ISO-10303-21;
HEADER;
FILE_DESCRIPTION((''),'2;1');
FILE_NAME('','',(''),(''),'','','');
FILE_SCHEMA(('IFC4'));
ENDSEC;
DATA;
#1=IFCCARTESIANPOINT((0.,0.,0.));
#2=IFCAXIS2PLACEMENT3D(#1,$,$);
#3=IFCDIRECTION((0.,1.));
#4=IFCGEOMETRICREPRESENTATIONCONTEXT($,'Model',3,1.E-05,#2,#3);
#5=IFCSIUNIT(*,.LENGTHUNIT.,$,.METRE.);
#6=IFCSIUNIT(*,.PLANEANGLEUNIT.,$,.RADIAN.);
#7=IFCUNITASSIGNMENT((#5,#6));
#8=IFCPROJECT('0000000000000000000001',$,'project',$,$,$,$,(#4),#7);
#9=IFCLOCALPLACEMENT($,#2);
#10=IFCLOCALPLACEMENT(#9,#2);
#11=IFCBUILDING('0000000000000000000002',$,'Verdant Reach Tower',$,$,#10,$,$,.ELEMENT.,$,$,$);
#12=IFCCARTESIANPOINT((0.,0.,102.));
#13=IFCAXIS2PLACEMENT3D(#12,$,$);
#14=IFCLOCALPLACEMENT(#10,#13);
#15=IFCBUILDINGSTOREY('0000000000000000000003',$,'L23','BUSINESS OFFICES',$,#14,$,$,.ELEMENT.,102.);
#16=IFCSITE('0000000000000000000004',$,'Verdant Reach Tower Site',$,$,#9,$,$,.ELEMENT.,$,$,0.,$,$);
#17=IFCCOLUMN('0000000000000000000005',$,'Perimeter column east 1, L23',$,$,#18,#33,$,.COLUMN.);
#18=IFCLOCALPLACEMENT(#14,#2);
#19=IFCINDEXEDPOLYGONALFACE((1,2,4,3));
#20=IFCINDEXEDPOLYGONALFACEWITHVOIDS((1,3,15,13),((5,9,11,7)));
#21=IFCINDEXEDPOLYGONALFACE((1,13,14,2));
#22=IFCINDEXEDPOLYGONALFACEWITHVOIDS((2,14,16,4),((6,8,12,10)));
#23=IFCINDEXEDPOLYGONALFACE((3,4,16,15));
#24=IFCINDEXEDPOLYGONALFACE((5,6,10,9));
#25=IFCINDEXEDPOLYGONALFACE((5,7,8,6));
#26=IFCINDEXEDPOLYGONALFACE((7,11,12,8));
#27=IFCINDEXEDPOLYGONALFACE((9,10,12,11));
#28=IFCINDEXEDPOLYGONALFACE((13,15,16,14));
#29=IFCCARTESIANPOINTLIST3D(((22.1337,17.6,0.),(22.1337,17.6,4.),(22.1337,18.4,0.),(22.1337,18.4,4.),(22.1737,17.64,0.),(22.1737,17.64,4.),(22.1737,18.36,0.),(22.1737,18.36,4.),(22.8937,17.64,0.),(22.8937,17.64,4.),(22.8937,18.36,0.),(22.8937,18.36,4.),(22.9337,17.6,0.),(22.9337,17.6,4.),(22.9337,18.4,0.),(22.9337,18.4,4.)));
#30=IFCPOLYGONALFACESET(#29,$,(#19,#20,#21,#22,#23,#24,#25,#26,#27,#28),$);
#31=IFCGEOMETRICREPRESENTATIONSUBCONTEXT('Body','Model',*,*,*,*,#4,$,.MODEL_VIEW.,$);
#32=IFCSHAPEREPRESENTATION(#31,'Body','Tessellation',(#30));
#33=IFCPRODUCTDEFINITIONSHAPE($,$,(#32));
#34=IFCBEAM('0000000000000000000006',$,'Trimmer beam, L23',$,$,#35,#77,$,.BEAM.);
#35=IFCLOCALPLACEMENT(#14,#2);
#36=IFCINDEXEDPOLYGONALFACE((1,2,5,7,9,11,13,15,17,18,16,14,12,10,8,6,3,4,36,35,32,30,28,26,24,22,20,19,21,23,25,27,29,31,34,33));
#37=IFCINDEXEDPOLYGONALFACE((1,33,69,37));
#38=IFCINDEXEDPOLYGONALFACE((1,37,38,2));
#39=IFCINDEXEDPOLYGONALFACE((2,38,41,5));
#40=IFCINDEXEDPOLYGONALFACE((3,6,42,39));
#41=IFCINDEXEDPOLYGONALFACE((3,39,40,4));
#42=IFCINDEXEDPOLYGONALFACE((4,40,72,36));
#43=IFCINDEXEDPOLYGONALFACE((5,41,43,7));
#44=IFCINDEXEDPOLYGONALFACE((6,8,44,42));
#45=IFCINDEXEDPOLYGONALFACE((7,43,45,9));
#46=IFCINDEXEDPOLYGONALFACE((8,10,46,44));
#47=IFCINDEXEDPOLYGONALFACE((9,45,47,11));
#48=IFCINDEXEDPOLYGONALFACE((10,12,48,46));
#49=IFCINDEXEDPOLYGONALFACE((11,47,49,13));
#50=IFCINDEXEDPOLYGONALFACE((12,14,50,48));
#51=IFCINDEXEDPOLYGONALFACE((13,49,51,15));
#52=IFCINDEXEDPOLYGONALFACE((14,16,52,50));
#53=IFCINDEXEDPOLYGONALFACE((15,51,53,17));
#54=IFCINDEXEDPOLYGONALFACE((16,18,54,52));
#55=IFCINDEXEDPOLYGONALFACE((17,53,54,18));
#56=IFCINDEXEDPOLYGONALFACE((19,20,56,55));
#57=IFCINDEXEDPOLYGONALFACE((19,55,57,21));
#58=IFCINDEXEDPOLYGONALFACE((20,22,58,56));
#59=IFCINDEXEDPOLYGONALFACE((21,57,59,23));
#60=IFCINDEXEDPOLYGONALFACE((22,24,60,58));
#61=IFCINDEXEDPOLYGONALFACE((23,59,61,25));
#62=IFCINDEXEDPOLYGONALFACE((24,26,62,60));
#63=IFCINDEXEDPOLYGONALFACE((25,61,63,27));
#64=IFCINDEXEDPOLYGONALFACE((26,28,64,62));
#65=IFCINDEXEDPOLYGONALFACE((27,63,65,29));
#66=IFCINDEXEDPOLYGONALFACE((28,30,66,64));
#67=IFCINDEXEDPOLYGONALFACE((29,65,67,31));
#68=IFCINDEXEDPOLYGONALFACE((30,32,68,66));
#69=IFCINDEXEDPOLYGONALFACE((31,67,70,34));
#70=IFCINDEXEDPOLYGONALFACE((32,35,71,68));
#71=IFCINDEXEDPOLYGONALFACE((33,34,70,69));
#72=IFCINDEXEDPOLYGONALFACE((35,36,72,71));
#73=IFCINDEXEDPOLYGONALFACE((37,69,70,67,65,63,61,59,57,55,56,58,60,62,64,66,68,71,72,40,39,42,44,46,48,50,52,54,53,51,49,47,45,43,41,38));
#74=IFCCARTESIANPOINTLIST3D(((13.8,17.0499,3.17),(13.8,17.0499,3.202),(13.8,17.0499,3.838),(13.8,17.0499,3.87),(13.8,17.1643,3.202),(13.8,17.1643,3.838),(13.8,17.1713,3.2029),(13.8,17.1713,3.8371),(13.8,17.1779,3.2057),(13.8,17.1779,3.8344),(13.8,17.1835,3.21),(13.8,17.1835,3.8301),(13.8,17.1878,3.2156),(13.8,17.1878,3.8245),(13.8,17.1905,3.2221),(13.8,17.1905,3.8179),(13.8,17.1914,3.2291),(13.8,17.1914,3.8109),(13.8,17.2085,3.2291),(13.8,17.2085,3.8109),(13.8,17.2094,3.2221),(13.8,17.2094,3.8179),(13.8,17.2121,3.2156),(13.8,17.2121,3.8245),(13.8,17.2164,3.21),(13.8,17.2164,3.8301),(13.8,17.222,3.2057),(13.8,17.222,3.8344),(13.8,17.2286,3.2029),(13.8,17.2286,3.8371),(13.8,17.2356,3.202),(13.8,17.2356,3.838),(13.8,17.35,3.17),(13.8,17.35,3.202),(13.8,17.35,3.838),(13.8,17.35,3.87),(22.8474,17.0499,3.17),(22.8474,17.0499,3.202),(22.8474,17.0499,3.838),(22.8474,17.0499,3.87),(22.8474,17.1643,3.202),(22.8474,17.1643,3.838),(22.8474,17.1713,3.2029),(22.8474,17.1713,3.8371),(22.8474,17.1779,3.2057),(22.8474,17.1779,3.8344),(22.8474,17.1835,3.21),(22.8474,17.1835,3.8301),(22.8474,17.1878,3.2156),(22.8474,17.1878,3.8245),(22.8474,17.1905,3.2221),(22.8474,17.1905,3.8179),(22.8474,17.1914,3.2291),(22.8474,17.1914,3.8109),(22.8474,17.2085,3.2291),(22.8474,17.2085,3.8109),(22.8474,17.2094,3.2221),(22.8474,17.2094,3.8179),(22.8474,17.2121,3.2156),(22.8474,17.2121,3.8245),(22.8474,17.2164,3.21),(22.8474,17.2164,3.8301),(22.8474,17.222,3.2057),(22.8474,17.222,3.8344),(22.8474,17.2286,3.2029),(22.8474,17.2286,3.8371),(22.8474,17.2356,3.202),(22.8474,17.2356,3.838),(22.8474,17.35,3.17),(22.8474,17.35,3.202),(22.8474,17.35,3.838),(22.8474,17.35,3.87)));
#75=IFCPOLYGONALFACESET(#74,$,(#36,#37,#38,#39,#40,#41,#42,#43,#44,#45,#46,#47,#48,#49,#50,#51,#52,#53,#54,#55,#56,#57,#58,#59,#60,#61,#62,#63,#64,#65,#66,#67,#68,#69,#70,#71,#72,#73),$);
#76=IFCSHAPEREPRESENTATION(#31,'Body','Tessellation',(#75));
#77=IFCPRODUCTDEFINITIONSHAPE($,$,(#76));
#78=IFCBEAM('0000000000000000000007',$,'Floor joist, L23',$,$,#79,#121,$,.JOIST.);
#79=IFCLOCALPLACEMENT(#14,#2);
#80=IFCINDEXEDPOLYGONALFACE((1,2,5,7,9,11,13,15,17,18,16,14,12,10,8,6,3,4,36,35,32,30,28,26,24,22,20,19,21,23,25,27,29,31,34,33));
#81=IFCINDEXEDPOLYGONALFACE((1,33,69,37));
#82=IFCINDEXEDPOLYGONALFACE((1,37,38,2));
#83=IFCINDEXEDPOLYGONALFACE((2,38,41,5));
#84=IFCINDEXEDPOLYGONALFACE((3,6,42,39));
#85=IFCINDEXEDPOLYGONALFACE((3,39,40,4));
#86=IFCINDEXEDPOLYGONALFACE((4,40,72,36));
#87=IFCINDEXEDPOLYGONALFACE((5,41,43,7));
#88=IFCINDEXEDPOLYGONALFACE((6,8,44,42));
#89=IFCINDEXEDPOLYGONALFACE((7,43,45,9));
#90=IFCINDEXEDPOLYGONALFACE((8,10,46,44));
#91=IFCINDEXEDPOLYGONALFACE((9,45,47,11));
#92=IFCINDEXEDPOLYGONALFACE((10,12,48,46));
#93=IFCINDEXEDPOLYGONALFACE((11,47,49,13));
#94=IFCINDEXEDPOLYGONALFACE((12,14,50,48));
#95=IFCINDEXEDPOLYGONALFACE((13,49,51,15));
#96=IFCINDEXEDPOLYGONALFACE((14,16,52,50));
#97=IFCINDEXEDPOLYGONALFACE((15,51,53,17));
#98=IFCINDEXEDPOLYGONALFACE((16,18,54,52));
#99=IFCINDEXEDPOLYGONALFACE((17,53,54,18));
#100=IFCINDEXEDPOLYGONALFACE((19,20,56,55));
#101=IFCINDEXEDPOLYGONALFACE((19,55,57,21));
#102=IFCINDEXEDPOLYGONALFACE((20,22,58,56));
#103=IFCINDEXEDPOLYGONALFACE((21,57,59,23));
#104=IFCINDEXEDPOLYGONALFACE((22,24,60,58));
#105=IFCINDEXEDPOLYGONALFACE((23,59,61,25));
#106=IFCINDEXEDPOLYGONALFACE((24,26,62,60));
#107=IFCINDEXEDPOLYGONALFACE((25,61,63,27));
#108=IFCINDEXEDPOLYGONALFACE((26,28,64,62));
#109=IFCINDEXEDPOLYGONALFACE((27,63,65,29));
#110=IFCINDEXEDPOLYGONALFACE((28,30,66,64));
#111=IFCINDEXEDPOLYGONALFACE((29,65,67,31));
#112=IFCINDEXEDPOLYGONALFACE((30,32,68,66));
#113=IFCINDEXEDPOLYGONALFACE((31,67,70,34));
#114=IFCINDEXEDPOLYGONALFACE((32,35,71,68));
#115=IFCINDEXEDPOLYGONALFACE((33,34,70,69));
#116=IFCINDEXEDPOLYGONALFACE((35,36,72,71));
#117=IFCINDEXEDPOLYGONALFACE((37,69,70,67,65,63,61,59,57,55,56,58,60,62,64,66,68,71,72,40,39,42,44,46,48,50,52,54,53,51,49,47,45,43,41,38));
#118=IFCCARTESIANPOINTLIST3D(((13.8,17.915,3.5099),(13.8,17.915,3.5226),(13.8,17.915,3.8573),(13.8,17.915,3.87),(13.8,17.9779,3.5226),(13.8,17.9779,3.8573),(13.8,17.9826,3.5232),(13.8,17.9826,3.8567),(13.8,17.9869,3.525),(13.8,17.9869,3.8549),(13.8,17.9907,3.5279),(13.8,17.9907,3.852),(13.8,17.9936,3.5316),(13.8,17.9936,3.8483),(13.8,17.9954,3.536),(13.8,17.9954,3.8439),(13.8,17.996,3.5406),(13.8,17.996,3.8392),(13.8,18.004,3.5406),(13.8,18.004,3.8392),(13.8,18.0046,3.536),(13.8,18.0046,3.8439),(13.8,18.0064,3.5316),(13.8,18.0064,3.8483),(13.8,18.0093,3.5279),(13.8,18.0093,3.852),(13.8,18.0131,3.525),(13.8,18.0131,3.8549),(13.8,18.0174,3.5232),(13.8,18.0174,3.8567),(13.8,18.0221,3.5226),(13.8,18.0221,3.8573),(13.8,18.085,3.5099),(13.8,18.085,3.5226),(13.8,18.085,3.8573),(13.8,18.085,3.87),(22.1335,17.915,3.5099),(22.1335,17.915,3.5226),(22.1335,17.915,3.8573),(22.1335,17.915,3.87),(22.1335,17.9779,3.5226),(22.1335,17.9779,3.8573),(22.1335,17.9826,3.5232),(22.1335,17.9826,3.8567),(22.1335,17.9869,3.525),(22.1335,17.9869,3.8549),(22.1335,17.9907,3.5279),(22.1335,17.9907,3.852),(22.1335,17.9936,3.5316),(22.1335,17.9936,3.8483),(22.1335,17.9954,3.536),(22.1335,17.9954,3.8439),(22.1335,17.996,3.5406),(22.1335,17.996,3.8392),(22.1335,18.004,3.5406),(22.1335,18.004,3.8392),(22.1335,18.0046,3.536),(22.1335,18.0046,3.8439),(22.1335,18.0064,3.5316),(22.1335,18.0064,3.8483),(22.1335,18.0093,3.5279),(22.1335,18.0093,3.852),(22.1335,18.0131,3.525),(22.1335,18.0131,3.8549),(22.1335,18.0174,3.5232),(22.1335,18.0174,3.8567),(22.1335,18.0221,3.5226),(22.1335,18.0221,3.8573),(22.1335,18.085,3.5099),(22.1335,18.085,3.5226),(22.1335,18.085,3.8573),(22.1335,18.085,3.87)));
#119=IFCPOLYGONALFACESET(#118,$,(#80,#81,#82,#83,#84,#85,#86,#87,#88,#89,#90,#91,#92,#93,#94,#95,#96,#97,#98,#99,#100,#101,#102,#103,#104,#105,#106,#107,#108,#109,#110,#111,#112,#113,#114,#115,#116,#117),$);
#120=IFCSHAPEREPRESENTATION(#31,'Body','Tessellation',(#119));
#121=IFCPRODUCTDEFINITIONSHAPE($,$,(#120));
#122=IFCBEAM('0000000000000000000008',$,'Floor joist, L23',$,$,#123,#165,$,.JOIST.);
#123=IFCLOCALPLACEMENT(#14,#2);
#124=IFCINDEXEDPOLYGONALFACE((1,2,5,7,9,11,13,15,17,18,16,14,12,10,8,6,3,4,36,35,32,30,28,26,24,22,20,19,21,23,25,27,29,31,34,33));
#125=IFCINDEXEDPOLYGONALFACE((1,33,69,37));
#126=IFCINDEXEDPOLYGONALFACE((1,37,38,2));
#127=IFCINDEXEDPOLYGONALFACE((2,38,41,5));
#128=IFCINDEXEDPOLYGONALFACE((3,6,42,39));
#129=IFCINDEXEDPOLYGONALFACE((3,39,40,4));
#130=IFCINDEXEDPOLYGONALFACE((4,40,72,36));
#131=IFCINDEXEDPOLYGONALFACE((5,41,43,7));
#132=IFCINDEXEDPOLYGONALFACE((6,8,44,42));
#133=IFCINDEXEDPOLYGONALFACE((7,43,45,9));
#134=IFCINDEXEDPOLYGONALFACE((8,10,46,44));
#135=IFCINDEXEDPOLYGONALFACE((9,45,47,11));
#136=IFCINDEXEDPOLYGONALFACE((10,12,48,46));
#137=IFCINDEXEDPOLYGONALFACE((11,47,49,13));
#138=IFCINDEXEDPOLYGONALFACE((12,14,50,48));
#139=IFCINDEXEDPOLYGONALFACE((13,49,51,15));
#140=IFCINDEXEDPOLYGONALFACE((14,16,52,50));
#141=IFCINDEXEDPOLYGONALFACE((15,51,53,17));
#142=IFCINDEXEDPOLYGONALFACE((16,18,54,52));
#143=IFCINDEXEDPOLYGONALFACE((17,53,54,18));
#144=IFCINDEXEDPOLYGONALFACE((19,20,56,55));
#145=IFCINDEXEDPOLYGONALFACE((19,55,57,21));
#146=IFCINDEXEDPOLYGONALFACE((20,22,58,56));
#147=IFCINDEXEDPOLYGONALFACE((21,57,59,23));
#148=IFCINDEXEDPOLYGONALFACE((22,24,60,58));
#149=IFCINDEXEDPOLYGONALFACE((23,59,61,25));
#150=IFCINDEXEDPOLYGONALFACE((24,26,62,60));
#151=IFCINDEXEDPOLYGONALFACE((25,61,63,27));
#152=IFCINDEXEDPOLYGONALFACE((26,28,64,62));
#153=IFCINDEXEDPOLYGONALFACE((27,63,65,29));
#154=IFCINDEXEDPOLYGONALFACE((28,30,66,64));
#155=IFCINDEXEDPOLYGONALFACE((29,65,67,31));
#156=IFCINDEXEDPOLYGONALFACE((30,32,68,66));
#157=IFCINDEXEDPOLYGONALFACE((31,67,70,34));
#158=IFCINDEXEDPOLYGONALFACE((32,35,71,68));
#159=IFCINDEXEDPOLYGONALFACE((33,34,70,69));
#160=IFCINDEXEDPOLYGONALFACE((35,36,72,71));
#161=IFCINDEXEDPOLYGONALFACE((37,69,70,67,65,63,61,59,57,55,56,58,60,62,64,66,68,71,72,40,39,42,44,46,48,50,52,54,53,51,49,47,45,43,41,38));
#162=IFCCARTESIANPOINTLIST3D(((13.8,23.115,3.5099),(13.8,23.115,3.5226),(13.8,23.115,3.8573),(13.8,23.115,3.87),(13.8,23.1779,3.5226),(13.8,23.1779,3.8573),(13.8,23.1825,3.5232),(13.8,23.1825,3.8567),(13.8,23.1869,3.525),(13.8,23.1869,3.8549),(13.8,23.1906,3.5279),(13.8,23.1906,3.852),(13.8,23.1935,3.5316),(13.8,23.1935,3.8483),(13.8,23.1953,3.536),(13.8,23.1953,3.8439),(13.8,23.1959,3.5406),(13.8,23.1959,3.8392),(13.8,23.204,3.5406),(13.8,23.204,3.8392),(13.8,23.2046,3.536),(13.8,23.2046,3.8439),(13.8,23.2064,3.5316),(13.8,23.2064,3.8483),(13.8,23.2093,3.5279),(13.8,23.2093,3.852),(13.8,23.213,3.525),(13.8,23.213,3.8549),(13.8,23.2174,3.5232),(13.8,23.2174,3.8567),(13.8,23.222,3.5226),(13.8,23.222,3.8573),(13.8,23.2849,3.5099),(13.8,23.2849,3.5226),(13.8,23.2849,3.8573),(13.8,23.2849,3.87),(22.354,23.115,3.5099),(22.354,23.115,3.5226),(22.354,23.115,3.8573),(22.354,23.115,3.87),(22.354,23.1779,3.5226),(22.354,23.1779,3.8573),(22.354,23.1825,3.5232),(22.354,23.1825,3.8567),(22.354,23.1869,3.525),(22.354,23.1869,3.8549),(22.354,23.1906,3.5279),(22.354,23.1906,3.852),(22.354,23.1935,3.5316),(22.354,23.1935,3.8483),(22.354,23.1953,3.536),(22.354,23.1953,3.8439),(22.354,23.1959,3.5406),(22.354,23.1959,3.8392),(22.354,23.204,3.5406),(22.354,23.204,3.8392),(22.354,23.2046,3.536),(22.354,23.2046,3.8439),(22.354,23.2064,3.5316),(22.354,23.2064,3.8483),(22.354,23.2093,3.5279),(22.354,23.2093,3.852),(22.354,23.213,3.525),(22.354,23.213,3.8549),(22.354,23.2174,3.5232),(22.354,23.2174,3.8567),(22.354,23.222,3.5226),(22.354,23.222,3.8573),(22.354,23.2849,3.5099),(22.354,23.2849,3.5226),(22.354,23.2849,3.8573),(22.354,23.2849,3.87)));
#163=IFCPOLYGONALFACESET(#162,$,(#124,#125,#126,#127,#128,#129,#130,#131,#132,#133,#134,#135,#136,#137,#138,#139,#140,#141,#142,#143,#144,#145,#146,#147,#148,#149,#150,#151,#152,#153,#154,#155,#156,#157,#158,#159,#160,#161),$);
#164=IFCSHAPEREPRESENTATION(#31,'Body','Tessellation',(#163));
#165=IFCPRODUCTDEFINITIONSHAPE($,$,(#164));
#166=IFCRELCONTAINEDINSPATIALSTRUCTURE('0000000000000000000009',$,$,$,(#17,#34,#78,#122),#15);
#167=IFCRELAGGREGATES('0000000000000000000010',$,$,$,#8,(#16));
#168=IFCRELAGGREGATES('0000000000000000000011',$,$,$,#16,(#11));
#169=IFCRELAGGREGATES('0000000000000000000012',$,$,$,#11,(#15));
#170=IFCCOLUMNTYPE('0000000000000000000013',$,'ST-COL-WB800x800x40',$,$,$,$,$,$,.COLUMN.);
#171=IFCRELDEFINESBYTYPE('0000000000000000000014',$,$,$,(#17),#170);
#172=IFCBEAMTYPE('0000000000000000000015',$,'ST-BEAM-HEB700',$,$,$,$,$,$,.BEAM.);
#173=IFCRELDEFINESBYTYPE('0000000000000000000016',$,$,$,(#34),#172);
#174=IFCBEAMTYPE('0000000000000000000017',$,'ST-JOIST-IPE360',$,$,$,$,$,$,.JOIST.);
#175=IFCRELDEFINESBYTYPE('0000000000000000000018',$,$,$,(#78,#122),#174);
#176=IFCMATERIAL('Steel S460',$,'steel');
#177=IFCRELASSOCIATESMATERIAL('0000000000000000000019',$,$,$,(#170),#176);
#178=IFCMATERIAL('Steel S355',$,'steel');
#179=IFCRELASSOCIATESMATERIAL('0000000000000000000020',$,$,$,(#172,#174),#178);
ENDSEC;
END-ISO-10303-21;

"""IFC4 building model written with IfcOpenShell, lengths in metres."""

from ifc_helpers import new_model, si_unit, direction, frame, origin, origin_2d, place, context, subcontext, project, spatial, hollow_rectangle, i_section, extrude, material, material_profile, profile_set, type_object, element, save


model = new_model("IFC4")

# Units and contexts
model_context = context("Model", 3, precision=1e-05, world=origin(), true_north=direction((0.0, 1.0)))
body_context = subcontext(model_context, "Body", "Model", "MODEL_VIEW")
ifc_project = project(units=[si_unit("LENGTHUNIT", "METRE"), si_unit("PLANEANGLEUNIT", "RADIAN")], contexts=[model_context])

# Site, building, storey
site_placement = place(None, origin())
site = spatial("IfcSite", under=ifc_project, at=site_placement, Name="Verdant Reach Tower Site", CompositionType="ELEMENT", RefElevation=0.0)
building_placement = place(site_placement, origin())
building = spatial("IfcBuilding", under=site, at=building_placement, Name="Verdant Reach Tower", CompositionType="ELEMENT")
storey_placement = place(building_placement, frame((0.0, 0.0, 102.0)))
storey = spatial("IfcBuildingStorey", under=building, at=storey_placement, Name="L23", Description="BUSINESS OFFICES", CompositionType="ELEMENT", Elevation=102.0)

# Column
ifc_material_1 = material(Name="Steel S460", Category="steel")
ifc_material_profile_1 = material_profile(ifc_material_1, hollow_rectangle(XDim=0.8, YDim=0.8, WallThickness=0.04, at=origin_2d()), Name="WB 800x800x40")
ifc_profile_set_1 = profile_set([ifc_material_profile_1], Name="Steel S460")
column_type = type_object("IfcColumnType", Name="ST-COL-WB800x800x40", PredefinedType="COLUMN", material=ifc_profile_set_1)
column_placement = place(storey_placement, frame((22.5337, 18.0, 0.0), z_axis=(0.0, 0.0, 1.0), x_axis=(1.0, 0.0, 0.0)))
element("IfcColumn", 1, at=column_placement, inside=storey, type_object=column_type, Name="Perimeter column east 1, L23", PredefinedType="COLUMN", context=body_context, shape_type="SweptSolid", body=[
    extrude(hollow_rectangle(XDim=0.8, YDim=0.8, WallThickness=0.04, at=origin_2d()), origin(), (0.0, 0.0, 1.0), 4.0),
])

# Beams
ifc_material_2 = material(Name="Steel S355", Category="steel")
ifc_material_profile_2 = material_profile(ifc_material_2, i_section(OverallWidth=0.3, OverallDepth=0.7, WebThickness=0.0171, FlangeThickness=0.032, FilletRadius=0.0271, at=origin_2d()), Name="HEB 700")
ifc_profile_set_2 = profile_set([ifc_material_profile_2], Name="Steel S355")
beam_type_1 = type_object("IfcBeamType", Name="ST-BEAM-HEB700", PredefinedType="BEAM", material=ifc_profile_set_2)
beam_1_placement = place(storey_placement, frame((13.8, 17.2, 3.52), z_axis=(1.0, 0.0, 0.0), x_axis=(0.0, 1.0, 0.0)))
element("IfcBeam", 2, at=beam_1_placement, inside=storey, type_object=beam_type_1, Name="Trimmer beam, L23", PredefinedType="BEAM", context=body_context, shape_type="SweptSolid", body=[
    extrude(i_section(OverallWidth=0.3, OverallDepth=0.7, WebThickness=0.0171, FlangeThickness=0.032, FilletRadius=0.0271, at=origin_2d()), origin(), (0.0, 0.0, 1.0), 9.0474),
])
ifc_material_profile_3 = material_profile(ifc_material_2, i_section(OverallWidth=0.1699, OverallDepth=0.3601, WebThickness=0.0081, FlangeThickness=0.0127, FilletRadius=0.0181, at=origin_2d()), Name="IPE 360")
ifc_profile_set_3 = profile_set([ifc_material_profile_3], Name="Steel S355")
beam_type_2 = type_object("IfcBeamType", Name="ST-JOIST-IPE360", PredefinedType="JOIST", material=ifc_profile_set_3)
beam_2_placement = place(storey_placement, frame((13.8, 18.0, 3.6899), z_axis=(1.0, 0.0, 0.0), x_axis=(0.0, 1.0, 0.0)))
element("IfcBeam", 3, at=beam_2_placement, inside=storey, type_object=beam_type_2, Name="Floor joist, L23", PredefinedType="JOIST", context=body_context, shape_type="SweptSolid", body=[
    extrude(i_section(OverallWidth=0.1699, OverallDepth=0.3601, WebThickness=0.0081, FlangeThickness=0.0127, FilletRadius=0.0181, at=origin_2d()), origin(), (0.0, 0.0, 1.0), 8.3335),
])
beam_3_placement = place(storey_placement, frame((13.8, 23.2, 3.6899), z_axis=(1.0, 0.0, 0.0), x_axis=(0.0, 1.0, 0.0)))
element("IfcBeam", 4, at=beam_3_placement, inside=storey, type_object=beam_type_2, Name="Floor joist, L23", PredefinedType="JOIST", context=body_context, shape_type="SweptSolid", body=[
    extrude(i_section(OverallWidth=0.1699, OverallDepth=0.3601, WebThickness=0.0081, FlangeThickness=0.0127, FilletRadius=0.0181, at=origin_2d()), origin(), (0.0, 0.0, 1.0), 8.554),
])

save(model, "model.ifc")
